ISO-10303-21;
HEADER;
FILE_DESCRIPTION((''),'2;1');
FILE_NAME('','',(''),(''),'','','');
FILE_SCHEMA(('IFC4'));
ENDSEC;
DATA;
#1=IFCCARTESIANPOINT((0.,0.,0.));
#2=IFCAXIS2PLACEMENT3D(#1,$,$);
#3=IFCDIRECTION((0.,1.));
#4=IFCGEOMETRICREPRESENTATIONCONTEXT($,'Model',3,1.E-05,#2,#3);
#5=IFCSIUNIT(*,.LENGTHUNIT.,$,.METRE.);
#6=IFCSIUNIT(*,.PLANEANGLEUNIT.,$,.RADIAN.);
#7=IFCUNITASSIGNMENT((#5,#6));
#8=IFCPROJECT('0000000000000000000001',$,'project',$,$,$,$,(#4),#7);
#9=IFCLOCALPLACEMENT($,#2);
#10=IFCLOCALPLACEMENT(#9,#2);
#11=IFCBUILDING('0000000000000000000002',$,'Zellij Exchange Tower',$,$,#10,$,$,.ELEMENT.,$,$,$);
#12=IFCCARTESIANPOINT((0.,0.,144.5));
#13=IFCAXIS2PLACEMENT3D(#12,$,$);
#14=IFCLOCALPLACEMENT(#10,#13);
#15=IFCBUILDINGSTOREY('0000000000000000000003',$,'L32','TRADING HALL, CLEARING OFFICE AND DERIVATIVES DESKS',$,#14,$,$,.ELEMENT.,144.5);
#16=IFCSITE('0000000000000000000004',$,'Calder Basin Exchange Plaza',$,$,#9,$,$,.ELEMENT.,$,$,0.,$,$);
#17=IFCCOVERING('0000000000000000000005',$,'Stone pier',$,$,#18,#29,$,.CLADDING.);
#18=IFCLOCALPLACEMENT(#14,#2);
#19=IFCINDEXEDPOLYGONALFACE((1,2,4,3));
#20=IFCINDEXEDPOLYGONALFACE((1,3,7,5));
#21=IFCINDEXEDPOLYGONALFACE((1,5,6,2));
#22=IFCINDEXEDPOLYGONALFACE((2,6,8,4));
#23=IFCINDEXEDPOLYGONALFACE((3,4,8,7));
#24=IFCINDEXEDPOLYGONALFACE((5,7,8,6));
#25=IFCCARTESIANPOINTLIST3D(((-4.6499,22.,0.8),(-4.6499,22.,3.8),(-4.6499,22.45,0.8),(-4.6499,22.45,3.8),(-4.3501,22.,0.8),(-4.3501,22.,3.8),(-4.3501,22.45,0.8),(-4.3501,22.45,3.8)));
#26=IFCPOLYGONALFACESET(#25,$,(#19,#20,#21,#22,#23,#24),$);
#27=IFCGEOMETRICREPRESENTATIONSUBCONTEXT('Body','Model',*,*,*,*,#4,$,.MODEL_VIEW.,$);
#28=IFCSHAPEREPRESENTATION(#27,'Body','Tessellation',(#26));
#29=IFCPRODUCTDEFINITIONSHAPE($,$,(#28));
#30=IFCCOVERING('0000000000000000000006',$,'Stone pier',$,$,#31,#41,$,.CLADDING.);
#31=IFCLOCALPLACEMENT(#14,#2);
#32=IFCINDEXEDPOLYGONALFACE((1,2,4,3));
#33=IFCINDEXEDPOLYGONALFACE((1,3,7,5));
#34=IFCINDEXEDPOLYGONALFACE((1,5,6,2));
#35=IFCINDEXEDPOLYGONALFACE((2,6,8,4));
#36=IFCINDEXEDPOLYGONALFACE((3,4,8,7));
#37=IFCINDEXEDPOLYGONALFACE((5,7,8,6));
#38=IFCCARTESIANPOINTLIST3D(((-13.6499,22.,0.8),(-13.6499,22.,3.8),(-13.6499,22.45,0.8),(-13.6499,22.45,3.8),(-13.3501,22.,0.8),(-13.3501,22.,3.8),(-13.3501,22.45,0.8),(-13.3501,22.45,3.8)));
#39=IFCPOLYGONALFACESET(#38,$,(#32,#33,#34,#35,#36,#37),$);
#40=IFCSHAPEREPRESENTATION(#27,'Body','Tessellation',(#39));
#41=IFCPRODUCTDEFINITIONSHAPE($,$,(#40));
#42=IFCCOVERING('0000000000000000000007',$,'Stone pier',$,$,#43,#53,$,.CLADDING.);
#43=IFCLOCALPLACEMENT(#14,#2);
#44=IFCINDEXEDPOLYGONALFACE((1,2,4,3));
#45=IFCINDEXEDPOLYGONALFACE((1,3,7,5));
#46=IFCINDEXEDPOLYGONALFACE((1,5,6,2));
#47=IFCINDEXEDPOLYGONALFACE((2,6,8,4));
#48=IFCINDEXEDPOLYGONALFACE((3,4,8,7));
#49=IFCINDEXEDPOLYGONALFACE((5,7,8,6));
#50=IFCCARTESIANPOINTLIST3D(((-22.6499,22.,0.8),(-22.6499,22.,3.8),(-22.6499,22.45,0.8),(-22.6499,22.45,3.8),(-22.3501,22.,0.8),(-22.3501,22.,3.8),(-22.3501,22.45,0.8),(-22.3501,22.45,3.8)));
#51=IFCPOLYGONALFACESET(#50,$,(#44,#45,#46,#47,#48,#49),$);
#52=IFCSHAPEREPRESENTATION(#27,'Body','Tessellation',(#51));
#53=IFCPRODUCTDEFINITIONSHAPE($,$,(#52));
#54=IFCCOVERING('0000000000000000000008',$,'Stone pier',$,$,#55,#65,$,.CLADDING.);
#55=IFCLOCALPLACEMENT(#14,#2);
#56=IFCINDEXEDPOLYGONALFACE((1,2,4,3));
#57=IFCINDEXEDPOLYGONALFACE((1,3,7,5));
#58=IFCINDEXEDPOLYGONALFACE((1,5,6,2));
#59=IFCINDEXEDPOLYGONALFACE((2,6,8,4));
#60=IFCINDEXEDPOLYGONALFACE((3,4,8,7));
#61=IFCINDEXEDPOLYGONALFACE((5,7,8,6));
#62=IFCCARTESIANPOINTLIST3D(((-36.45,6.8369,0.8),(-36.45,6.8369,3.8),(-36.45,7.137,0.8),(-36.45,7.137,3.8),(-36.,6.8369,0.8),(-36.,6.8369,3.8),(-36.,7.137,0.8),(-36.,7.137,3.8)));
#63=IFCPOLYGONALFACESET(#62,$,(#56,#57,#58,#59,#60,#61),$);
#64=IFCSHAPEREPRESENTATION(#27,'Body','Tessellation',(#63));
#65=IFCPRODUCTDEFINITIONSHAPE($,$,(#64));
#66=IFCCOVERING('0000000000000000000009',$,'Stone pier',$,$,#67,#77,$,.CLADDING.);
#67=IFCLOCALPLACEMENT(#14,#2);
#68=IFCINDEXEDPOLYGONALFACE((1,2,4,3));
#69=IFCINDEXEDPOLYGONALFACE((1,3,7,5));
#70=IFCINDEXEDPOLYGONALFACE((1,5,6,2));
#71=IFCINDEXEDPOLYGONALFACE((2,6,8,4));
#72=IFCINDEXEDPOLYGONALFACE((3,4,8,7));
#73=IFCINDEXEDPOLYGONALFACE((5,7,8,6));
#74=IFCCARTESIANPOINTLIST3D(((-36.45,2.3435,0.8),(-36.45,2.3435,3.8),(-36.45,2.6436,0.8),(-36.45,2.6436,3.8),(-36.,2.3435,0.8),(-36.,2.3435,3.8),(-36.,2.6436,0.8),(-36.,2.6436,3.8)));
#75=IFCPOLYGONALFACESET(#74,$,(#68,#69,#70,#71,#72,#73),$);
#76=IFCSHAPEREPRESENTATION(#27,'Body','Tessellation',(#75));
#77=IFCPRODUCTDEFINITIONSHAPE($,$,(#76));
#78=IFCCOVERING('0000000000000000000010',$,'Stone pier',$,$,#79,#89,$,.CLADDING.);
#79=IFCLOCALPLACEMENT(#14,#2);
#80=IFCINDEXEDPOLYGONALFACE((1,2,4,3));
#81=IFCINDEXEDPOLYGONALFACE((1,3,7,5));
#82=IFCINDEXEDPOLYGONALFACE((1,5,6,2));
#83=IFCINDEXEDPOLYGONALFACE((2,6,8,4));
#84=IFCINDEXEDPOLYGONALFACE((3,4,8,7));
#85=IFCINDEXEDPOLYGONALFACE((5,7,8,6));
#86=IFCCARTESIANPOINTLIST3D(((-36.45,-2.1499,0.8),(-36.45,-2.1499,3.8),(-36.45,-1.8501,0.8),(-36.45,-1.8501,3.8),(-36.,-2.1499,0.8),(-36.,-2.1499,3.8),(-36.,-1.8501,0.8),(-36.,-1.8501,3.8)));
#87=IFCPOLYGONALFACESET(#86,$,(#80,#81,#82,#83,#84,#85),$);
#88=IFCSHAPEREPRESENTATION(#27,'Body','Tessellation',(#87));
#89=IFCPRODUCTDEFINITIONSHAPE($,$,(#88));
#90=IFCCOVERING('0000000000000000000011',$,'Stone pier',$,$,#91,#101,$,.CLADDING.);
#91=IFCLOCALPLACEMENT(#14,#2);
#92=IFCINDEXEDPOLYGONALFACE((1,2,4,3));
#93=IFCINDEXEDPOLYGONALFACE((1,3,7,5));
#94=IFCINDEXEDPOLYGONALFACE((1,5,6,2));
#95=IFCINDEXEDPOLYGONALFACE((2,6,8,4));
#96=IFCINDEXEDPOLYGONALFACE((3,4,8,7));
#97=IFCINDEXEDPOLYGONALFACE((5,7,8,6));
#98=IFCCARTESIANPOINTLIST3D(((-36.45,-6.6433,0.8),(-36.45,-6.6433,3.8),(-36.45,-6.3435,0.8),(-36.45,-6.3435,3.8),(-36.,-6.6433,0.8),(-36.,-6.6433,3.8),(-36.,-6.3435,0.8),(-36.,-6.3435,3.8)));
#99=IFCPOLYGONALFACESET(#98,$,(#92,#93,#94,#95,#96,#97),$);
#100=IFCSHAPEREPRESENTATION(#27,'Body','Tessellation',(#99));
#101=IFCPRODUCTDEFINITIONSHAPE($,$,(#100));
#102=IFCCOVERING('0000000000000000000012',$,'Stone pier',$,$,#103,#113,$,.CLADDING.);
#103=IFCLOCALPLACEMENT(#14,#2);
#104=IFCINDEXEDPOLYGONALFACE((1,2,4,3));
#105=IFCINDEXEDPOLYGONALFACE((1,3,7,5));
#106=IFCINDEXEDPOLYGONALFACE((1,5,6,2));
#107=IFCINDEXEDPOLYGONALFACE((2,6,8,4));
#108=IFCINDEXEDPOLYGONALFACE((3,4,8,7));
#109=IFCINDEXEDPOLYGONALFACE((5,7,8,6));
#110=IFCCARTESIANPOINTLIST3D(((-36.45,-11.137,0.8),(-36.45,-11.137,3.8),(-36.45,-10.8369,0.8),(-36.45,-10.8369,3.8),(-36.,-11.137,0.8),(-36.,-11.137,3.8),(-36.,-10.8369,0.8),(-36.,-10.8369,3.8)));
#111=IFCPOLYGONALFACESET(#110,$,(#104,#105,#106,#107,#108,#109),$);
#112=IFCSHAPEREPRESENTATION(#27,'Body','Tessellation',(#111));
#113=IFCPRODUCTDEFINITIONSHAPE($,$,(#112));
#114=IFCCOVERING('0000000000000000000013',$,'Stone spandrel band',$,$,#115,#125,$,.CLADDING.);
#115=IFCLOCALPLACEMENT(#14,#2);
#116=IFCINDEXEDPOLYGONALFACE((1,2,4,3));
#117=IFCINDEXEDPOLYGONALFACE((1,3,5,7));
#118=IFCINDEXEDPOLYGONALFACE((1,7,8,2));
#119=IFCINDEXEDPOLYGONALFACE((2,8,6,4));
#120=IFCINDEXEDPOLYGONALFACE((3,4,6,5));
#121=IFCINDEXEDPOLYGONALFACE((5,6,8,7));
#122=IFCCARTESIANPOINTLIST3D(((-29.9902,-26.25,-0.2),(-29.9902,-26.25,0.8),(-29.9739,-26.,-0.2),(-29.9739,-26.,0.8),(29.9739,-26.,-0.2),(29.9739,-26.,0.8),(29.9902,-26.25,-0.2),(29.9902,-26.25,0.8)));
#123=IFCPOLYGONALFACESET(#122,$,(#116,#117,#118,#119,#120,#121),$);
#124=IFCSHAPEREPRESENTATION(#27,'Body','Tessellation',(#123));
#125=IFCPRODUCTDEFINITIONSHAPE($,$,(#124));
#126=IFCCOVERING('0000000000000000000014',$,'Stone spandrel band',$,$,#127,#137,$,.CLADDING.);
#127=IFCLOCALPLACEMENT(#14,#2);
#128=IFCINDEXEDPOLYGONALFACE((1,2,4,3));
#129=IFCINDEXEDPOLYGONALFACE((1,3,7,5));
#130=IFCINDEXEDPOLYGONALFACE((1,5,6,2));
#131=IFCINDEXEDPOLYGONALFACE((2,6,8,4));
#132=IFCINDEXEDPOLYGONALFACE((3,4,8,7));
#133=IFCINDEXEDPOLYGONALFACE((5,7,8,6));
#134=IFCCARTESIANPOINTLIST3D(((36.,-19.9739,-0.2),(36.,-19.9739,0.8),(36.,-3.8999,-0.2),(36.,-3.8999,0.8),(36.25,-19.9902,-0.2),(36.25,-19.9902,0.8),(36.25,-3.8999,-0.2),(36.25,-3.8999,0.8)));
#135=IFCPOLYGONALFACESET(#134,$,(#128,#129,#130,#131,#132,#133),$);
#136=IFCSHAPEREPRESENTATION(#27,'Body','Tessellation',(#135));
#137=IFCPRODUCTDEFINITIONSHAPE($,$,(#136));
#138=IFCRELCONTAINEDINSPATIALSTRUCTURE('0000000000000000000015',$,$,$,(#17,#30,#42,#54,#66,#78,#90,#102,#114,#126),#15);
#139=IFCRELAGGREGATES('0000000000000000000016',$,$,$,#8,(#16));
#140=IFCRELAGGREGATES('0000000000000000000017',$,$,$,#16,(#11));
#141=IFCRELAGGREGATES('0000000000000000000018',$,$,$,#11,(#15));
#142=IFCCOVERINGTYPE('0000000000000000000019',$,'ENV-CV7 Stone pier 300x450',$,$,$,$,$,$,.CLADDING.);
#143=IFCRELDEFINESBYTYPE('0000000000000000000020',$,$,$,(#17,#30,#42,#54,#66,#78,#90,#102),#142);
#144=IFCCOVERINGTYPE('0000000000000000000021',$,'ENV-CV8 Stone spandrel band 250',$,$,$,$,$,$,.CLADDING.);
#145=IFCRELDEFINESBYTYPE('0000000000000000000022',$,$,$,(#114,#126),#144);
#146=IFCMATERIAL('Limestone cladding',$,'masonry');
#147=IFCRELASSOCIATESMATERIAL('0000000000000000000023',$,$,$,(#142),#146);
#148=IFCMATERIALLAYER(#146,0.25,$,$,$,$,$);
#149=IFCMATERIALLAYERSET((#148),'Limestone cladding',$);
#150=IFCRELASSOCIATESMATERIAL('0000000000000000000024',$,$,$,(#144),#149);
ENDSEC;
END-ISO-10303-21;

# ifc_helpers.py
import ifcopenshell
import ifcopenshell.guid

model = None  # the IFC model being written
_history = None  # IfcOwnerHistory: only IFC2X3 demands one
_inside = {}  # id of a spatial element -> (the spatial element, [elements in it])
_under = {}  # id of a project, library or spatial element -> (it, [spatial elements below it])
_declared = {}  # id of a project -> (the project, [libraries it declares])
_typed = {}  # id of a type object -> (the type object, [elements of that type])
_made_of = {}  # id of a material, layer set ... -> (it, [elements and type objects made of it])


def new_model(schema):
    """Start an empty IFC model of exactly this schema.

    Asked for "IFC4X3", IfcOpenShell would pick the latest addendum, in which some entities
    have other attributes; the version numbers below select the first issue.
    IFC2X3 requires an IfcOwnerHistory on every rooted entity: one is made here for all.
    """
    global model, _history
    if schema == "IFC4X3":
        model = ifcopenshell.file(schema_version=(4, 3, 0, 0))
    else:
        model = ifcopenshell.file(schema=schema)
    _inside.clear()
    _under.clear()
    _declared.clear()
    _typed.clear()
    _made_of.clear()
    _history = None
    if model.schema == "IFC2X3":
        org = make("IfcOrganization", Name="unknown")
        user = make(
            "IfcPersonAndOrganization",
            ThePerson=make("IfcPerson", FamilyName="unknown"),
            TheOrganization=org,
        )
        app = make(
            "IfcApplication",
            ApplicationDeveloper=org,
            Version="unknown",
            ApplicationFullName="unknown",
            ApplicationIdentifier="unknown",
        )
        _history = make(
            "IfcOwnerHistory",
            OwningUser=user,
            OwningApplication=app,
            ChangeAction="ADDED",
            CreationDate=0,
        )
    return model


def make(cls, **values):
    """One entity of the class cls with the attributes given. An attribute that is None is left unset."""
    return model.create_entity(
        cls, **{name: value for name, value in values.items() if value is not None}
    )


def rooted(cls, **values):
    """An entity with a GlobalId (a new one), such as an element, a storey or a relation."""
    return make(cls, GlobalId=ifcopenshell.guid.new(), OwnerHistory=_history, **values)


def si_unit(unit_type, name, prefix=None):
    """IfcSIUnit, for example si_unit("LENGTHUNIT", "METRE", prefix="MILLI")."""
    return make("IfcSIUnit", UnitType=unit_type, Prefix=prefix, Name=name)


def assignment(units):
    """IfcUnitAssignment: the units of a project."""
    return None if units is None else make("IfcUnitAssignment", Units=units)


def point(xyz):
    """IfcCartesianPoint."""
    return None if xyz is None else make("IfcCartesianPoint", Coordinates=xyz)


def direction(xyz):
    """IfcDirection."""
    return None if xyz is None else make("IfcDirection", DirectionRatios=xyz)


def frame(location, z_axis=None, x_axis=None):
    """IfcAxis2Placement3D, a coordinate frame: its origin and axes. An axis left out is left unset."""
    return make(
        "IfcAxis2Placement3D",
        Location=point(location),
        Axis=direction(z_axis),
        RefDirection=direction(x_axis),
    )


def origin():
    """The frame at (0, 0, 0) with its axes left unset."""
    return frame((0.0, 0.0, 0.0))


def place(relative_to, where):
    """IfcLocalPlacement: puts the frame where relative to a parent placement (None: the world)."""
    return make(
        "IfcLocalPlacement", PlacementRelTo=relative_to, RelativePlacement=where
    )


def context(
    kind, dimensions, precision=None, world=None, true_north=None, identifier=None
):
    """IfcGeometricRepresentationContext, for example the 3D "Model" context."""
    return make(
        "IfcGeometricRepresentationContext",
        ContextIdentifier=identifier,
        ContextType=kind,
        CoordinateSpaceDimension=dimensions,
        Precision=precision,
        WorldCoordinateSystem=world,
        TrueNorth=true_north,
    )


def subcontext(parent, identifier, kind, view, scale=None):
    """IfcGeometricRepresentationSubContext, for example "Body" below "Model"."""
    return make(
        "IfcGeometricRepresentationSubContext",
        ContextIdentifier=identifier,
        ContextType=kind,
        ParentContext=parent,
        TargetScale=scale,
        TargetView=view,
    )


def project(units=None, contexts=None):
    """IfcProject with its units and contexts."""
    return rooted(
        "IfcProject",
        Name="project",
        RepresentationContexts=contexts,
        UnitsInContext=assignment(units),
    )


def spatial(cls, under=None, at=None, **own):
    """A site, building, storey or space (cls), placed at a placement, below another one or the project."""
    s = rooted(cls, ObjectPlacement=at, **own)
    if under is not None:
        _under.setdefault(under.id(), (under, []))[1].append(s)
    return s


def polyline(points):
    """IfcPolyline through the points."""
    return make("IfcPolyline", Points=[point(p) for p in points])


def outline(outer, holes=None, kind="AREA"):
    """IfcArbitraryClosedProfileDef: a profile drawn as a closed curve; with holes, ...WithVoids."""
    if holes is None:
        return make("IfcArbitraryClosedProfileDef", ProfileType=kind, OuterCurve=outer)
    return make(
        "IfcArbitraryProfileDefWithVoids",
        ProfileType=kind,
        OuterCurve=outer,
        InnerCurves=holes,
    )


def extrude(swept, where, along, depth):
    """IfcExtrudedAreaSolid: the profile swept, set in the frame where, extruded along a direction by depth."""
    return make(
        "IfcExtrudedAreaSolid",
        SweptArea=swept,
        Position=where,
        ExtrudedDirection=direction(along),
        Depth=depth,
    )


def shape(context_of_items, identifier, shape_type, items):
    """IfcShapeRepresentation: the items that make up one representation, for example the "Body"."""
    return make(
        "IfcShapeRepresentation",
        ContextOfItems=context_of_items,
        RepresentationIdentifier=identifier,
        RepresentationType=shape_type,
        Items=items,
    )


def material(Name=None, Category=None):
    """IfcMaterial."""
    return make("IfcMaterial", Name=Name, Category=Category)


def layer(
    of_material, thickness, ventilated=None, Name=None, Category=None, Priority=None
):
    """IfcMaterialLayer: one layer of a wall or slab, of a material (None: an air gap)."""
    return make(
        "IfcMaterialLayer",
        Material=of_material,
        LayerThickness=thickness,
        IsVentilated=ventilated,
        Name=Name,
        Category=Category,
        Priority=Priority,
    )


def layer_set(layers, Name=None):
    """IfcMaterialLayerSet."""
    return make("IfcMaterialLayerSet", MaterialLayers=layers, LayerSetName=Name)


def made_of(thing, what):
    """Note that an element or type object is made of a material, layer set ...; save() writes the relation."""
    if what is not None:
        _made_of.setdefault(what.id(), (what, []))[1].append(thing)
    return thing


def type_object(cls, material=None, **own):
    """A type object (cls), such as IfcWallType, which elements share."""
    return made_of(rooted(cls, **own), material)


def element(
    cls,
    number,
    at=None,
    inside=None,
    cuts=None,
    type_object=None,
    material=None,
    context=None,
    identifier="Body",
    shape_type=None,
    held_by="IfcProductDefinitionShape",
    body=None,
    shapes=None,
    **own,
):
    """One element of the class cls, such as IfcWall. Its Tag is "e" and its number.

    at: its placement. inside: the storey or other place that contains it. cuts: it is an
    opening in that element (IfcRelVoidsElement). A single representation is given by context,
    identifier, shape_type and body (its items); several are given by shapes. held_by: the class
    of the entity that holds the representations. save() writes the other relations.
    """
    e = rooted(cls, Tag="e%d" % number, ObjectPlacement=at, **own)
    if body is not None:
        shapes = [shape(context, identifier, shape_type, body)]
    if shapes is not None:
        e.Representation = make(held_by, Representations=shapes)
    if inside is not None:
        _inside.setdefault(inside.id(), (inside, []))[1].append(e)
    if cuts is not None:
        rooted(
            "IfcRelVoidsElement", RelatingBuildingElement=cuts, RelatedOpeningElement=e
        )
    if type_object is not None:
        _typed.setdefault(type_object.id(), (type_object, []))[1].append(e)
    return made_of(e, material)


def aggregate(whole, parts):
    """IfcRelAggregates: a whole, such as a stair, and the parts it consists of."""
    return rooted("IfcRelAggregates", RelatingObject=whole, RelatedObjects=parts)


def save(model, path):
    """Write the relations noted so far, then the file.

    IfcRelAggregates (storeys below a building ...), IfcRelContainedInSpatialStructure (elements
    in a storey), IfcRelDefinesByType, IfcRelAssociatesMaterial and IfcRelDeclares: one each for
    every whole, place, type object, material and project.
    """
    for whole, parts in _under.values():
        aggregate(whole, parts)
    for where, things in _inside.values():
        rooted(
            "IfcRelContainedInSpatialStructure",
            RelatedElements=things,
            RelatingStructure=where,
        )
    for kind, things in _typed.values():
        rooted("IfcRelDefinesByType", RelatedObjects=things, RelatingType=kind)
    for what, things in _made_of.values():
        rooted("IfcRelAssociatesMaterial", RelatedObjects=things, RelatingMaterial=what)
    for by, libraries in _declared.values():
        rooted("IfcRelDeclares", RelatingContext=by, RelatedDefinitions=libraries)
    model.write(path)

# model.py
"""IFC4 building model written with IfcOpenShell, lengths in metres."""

from ifc_helpers import new_model, si_unit, direction, frame, origin, place, context, subcontext, project, spatial, polyline, outline, extrude, material, layer, layer_set, type_object, element, save


model = new_model("IFC4")

# Units and contexts
model_context = context("Model", 3, precision=1e-05, world=origin(), true_north=direction((0.0, 1.0)))
body_context = subcontext(model_context, "Body", "Model", "MODEL_VIEW")
ifc_project = project(units=[si_unit("LENGTHUNIT", "METRE"), si_unit("PLANEANGLEUNIT", "RADIAN")], contexts=[model_context])

# Site, building, storey
site_placement = place(None, origin())
site = spatial("IfcSite", under=ifc_project, at=site_placement, Name="Calder Basin Exchange Plaza", CompositionType="ELEMENT", RefElevation=0.0)
building_placement = place(site_placement, origin())
building = spatial("IfcBuilding", under=site, at=building_placement, Name="Zellij Exchange Tower", CompositionType="ELEMENT")
storey_placement = place(building_placement, frame((0.0, 0.0, 144.5)))
storey = spatial("IfcBuildingStorey", under=building, at=storey_placement, Name="L32", Description="TRADING HALL, CLEARING OFFICE AND DERIVATIVES DESKS", CompositionType="ELEMENT", Elevation=144.5)

# Coverings
ifc_material = material(Name="Limestone cladding", Category="masonry")
covering_type_1 = type_object("IfcCoveringType", Name="ENV-CV7 Stone pier 300x450", PredefinedType="CLADDING", material=ifc_material)
covering_1_placement = place(storey_placement, frame((0.0, 0.0, 0.8)))
element("IfcCovering", 1, at=covering_1_placement, inside=storey, type_object=covering_type_1, Name="Stone pier", PredefinedType="CLADDING", context=body_context, shape_type="SweptSolid", body=[
    extrude(outline(polyline([(-4.3501, 22.0), (-4.6499, 22.0), (-4.6499, 22.45), (-4.3501, 22.45), (-4.3501, 22.0)])), origin(), (0.0, 0.0, 1.0), 3.0),
])
covering_2_placement = place(storey_placement, frame((0.0, 0.0, 0.8)))
element("IfcCovering", 2, at=covering_2_placement, inside=storey, type_object=covering_type_1, Name="Stone pier", PredefinedType="CLADDING", context=body_context, shape_type="SweptSolid", body=[
    extrude(outline(polyline([(-13.3501, 22.0), (-13.6499, 22.0), (-13.6499, 22.45), (-13.3501, 22.45), (-13.3501, 22.0)])), origin(), (0.0, 0.0, 1.0), 3.0),
])
covering_3_placement = place(storey_placement, frame((0.0, 0.0, 0.8)))
element("IfcCovering", 3, at=covering_3_placement, inside=storey, type_object=covering_type_1, Name="Stone pier", PredefinedType="CLADDING", context=body_context, shape_type="SweptSolid", body=[
    extrude(outline(polyline([(-22.3501, 22.0), (-22.6499, 22.0), (-22.6499, 22.45), (-22.3501, 22.45), (-22.3501, 22.0)])), origin(), (0.0, 0.0, 1.0), 3.0),
])
covering_4_placement = place(storey_placement, frame((0.0, 0.0, 0.8)))
element("IfcCovering", 4, at=covering_4_placement, inside=storey, type_object=covering_type_1, Name="Stone pier", PredefinedType="CLADDING", context=body_context, shape_type="SweptSolid", body=[
    extrude(outline(polyline([(-36.0, 7.137), (-36.0, 6.8369), (-36.45, 6.8369), (-36.45, 7.137), (-36.0, 7.137)])), origin(), (0.0, 0.0, 1.0), 3.0),
])
covering_5_placement = place(storey_placement, frame((0.0, 0.0, 0.8)))
element("IfcCovering", 5, at=covering_5_placement, inside=storey, type_object=covering_type_1, Name="Stone pier", PredefinedType="CLADDING", context=body_context, shape_type="SweptSolid", body=[
    extrude(outline(polyline([(-36.0, 2.6436), (-36.0, 2.3435), (-36.45, 2.3435), (-36.45, 2.6436), (-36.0, 2.6436)])), origin(), (0.0, 0.0, 1.0), 3.0),
])
covering_6_placement = place(storey_placement, frame((0.0, 0.0, 0.8)))
element("IfcCovering", 6, at=covering_6_placement, inside=storey, type_object=covering_type_1, Name="Stone pier", PredefinedType="CLADDING", context=body_context, shape_type="SweptSolid", body=[
    extrude(outline(polyline([(-36.0, -1.8501), (-36.0, -2.1499), (-36.45, -2.1499), (-36.45, -1.8501), (-36.0, -1.8501)])), origin(), (0.0, 0.0, 1.0), 3.0),
])
covering_7_placement = place(storey_placement, frame((0.0, 0.0, 0.8)))
element("IfcCovering", 7, at=covering_7_placement, inside=storey, type_object=covering_type_1, Name="Stone pier", PredefinedType="CLADDING", context=body_context, shape_type="SweptSolid", body=[
    extrude(outline(polyline([(-36.0, -6.3435), (-36.0, -6.6433), (-36.45, -6.6433), (-36.45, -6.3435), (-36.0, -6.3435)])), origin(), (0.0, 0.0, 1.0), 3.0),
])
covering_8_placement = place(storey_placement, frame((0.0, 0.0, 0.8)))
element("IfcCovering", 8, at=covering_8_placement, inside=storey, type_object=covering_type_1, Name="Stone pier", PredefinedType="CLADDING", context=body_context, shape_type="SweptSolid", body=[
    extrude(outline(polyline([(-36.0, -10.8369), (-36.0, -11.137), (-36.45, -11.137), (-36.45, -10.8369), (-36.0, -10.8369)])), origin(), (0.0, 0.0, 1.0), 3.0),
])
ifc_layer = layer(ifc_material, 0.25)
ifc_layer_set = layer_set([ifc_layer], Name="Limestone cladding")
covering_type_2 = type_object("IfcCoveringType", Name="ENV-CV8 Stone spandrel band 250", PredefinedType="CLADDING", material=ifc_layer_set)
covering_9_placement = place(storey_placement, frame((0.0, 0.0, -0.2)))
element("IfcCovering", 9, at=covering_9_placement, inside=storey, type_object=covering_type_2, Name="Stone spandrel band", PredefinedType="CLADDING", context=body_context, shape_type="SweptSolid", body=[
    extrude(outline(polyline([(-29.9739, -26.0), (29.9739, -26.0), (29.9902, -26.25), (-29.9902, -26.25), (-29.9739, -26.0)])), origin(), (0.0, 0.0, 1.0), 1.0),
])
covering_10_placement = place(storey_placement, frame((0.0, 0.0, -0.2)))
element("IfcCovering", 10, at=covering_10_placement, inside=storey, type_object=covering_type_2, Name="Stone spandrel band", PredefinedType="CLADDING", context=body_context, shape_type="SweptSolid", body=[
    extrude(outline(polyline([(36.0, -19.9739), (36.0, -3.8999), (36.25, -3.8999), (36.25, -19.9902), (36.0, -19.9739)])), origin(), (0.0, 0.0, 1.0), 1.0),
])

save(model, "model.ifc")
